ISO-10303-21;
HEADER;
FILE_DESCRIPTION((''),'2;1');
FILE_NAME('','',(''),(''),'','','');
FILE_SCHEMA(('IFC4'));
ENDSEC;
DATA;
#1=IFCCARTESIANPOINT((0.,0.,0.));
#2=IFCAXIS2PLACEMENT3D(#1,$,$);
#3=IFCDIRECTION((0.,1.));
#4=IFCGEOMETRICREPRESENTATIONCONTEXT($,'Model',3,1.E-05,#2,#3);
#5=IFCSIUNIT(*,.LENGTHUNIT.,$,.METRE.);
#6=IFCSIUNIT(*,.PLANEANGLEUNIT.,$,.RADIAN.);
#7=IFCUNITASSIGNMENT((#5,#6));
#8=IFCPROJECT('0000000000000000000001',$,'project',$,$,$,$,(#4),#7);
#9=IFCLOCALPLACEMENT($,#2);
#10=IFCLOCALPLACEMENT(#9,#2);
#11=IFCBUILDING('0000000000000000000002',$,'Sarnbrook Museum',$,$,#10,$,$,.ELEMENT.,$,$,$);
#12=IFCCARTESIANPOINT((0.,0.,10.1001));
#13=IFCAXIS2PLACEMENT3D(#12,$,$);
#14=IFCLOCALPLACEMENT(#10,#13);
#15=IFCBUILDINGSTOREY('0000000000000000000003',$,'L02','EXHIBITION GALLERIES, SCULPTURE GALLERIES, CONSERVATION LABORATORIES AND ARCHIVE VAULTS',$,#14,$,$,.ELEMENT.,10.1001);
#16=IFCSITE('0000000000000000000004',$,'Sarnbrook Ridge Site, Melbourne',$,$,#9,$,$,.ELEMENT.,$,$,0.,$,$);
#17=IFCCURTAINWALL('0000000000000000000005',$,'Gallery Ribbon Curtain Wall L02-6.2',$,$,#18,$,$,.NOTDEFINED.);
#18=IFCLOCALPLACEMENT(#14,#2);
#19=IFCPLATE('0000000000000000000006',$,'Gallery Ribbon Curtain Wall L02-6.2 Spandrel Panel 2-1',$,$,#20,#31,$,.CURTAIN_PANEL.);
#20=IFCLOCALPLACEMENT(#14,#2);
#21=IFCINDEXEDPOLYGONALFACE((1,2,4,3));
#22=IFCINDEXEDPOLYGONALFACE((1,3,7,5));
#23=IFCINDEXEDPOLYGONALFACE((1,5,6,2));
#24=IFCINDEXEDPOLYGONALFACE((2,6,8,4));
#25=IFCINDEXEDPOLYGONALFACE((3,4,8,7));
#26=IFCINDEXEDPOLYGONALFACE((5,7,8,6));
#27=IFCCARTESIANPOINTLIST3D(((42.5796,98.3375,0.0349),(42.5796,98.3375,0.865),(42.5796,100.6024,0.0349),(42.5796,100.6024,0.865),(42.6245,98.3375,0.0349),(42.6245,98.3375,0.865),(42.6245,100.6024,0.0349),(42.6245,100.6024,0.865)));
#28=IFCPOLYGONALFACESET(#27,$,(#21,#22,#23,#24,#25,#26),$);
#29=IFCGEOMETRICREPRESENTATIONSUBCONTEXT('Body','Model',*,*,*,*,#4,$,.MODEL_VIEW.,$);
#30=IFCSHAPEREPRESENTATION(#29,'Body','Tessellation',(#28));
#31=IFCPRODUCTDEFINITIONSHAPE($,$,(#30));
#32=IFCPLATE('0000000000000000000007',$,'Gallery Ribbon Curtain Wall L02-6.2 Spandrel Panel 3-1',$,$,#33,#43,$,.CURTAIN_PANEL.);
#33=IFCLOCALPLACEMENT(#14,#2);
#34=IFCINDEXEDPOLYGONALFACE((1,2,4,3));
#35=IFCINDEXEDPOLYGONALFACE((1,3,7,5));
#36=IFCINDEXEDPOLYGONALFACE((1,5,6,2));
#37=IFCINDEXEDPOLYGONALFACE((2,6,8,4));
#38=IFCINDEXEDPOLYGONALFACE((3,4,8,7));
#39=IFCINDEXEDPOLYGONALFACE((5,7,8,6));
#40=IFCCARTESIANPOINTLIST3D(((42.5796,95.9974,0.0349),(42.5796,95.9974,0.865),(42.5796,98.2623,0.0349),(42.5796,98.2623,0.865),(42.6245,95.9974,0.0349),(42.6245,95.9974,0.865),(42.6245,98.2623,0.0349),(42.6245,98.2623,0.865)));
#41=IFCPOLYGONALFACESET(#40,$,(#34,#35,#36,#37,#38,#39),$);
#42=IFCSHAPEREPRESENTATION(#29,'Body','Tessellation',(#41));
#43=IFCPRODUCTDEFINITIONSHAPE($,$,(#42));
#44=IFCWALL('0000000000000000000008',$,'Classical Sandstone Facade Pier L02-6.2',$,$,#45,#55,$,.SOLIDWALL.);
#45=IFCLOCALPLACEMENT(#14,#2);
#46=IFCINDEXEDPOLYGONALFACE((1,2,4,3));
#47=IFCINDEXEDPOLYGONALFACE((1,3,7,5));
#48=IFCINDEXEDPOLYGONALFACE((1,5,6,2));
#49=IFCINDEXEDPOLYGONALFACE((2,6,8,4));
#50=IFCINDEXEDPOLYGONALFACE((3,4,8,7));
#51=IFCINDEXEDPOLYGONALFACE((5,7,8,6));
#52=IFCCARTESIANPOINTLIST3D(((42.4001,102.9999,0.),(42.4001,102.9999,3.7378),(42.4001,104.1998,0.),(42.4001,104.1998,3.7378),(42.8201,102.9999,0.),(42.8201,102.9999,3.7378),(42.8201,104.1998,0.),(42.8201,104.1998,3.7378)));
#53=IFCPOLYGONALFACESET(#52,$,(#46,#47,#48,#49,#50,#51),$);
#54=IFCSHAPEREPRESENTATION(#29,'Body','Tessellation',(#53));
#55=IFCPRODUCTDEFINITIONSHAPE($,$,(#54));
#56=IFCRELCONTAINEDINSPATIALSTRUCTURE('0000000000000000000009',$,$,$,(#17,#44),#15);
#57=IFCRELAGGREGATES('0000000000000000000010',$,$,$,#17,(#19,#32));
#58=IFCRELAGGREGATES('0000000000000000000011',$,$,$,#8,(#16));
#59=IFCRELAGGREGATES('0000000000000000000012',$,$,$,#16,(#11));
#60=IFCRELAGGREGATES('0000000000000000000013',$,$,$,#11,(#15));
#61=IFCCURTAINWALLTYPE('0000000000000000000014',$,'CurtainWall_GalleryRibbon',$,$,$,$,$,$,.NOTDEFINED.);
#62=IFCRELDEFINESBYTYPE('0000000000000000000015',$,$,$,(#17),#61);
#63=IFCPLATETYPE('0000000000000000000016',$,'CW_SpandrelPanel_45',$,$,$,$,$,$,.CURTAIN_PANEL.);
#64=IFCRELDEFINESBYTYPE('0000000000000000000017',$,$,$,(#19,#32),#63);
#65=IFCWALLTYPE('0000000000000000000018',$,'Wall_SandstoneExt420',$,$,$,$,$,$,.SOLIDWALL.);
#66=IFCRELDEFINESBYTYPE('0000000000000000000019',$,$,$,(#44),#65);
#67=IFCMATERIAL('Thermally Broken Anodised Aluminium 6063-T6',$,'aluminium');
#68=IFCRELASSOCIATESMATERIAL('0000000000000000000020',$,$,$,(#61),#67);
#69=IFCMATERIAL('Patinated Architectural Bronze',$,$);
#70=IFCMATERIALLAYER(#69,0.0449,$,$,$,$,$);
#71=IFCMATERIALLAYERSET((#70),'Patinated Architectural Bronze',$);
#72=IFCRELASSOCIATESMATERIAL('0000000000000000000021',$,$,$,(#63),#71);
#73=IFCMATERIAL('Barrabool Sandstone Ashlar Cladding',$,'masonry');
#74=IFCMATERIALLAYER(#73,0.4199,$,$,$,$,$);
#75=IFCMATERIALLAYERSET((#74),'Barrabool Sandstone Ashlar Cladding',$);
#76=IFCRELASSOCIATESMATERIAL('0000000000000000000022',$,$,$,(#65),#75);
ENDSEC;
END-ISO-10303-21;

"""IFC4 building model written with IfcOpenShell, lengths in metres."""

from ifc_helpers import new_model, si_unit, direction, frame, frame_2d, origin, origin_2d, place, context, subcontext, project, spatial, rectangle, extrude, material, layer, layer_set, type_object, element, aggregate, save


model = new_model("IFC4")

# Units and contexts
model_context = context("Model", 3, precision=1e-05, world=origin(), true_north=direction((0.0, 1.0)))
body_context = subcontext(model_context, "Body", "Model", "MODEL_VIEW")
ifc_project = project(units=[si_unit("LENGTHUNIT", "METRE"), si_unit("PLANEANGLEUNIT", "RADIAN")], contexts=[model_context])

# Site, building, storey
site_placement = place(None, origin())
site = spatial("IfcSite", under=ifc_project, at=site_placement, Name="Sarnbrook Ridge Site, Melbourne", CompositionType="ELEMENT", RefElevation=0.0)
building_placement = place(site_placement, origin())
building = spatial("IfcBuilding", under=site, at=building_placement, Name="Sarnbrook Museum", CompositionType="ELEMENT")
storey_placement = place(building_placement, frame((0.0, 0.0, 10.1001)))
storey = spatial("IfcBuildingStorey", under=building, at=storey_placement, Name="L02", Description="EXHIBITION GALLERIES, SCULPTURE GALLERIES, CONSERVATION LABORATORIES AND ARCHIVE VAULTS", CompositionType="ELEMENT", Elevation=10.1001)

# Curtain wall
ifc_material_1 = material(Name="Thermally Broken Anodised Aluminium 6063-T6", Category="aluminium")
curtain_wall_type = type_object("IfcCurtainWallType", Name="CurtainWall_GalleryRibbon", PredefinedType="NOTDEFINED", material=ifc_material_1)
curtain_wall_1_placement = place(storey_placement, origin())
curtain_wall_1 = element("IfcCurtainWall", 1, at=curtain_wall_1_placement, inside=storey, type_object=curtain_wall_type, Name="Gallery Ribbon Curtain Wall L02-6.2", PredefinedType="NOTDEFINED")

# Plates
ifc_material_2 = material(Name="Patinated Architectural Bronze")
ifc_layer_1 = layer(ifc_material_2, 0.0449)
ifc_layer_set_1 = layer_set([ifc_layer_1], Name="Patinated Architectural Bronze")
plate_type_1 = type_object("IfcPlateType", Name="CW_SpandrelPanel_45", PredefinedType="CURTAIN_PANEL", material=ifc_layer_set_1)
plate_1_placement = place(storey_placement, frame((42.6245, 99.47, 0.45), z_axis=(-1.0, 0.0, 0.0), x_axis=(0.0, -1.0, 0.0)))
plate_1 = element("IfcPlate", 2, at=plate_1_placement, type_object=plate_type_1, Name="Gallery Ribbon Curtain Wall L02-6.2 Spandrel Panel 2-1", PredefinedType="CURTAIN_PANEL", context=body_context, shape_type="SweptSolid", body=[
    extrude(rectangle(XDim=2.2649, YDim=0.8301, at=origin_2d()), origin(), (0.0, 0.0, 1.0), 0.0449),
])
plate_2_placement = place(storey_placement, frame((42.6245, 97.1299, 0.45), z_axis=(-1.0, 0.0, 0.0), x_axis=(0.0, -1.0, 0.0)))
plate_2 = element("IfcPlate", 3, at=plate_2_placement, type_object=plate_type_1, Name="Gallery Ribbon Curtain Wall L02-6.2 Spandrel Panel 3-1", PredefinedType="CURTAIN_PANEL", context=body_context, shape_type="SweptSolid", body=[
    extrude(rectangle(XDim=2.2649, YDim=0.8301, at=origin_2d()), origin(), (0.0, 0.0, 1.0), 0.0449),
])
aggregate(curtain_wall_1, [plate_1, plate_2])

# Wall
ifc_material_3 = material(Name="Barrabool Sandstone Ashlar Cladding", Category="masonry")
ifc_layer_2 = layer(ifc_material_3, 0.4199)
ifc_layer_set_2 = layer_set([ifc_layer_2], Name="Barrabool Sandstone Ashlar Cladding")
wall_type = type_object("IfcWallType", Name="Wall_SandstoneExt420", PredefinedType="SOLIDWALL", material=ifc_layer_set_2)
wall_placement = place(storey_placement, frame((42.6101, 104.2, 0.0), z_axis=(0.0, 0.0, 1.0), x_axis=(0.0, -1.0, 0.0)))
element("IfcWall", 4, at=wall_placement, inside=storey, type_object=wall_type, Name="Classical Sandstone Facade Pier L02-6.2", PredefinedType="SOLIDWALL", context=body_context, shape_type="SweptSolid", body=[
    extrude(rectangle(XDim=1.2, YDim=0.4199, at=frame_2d((0.6001, 0.0))), origin(), (0.0, 0.0, 1.0), 3.7378),
])

save(model, "model.ifc")
